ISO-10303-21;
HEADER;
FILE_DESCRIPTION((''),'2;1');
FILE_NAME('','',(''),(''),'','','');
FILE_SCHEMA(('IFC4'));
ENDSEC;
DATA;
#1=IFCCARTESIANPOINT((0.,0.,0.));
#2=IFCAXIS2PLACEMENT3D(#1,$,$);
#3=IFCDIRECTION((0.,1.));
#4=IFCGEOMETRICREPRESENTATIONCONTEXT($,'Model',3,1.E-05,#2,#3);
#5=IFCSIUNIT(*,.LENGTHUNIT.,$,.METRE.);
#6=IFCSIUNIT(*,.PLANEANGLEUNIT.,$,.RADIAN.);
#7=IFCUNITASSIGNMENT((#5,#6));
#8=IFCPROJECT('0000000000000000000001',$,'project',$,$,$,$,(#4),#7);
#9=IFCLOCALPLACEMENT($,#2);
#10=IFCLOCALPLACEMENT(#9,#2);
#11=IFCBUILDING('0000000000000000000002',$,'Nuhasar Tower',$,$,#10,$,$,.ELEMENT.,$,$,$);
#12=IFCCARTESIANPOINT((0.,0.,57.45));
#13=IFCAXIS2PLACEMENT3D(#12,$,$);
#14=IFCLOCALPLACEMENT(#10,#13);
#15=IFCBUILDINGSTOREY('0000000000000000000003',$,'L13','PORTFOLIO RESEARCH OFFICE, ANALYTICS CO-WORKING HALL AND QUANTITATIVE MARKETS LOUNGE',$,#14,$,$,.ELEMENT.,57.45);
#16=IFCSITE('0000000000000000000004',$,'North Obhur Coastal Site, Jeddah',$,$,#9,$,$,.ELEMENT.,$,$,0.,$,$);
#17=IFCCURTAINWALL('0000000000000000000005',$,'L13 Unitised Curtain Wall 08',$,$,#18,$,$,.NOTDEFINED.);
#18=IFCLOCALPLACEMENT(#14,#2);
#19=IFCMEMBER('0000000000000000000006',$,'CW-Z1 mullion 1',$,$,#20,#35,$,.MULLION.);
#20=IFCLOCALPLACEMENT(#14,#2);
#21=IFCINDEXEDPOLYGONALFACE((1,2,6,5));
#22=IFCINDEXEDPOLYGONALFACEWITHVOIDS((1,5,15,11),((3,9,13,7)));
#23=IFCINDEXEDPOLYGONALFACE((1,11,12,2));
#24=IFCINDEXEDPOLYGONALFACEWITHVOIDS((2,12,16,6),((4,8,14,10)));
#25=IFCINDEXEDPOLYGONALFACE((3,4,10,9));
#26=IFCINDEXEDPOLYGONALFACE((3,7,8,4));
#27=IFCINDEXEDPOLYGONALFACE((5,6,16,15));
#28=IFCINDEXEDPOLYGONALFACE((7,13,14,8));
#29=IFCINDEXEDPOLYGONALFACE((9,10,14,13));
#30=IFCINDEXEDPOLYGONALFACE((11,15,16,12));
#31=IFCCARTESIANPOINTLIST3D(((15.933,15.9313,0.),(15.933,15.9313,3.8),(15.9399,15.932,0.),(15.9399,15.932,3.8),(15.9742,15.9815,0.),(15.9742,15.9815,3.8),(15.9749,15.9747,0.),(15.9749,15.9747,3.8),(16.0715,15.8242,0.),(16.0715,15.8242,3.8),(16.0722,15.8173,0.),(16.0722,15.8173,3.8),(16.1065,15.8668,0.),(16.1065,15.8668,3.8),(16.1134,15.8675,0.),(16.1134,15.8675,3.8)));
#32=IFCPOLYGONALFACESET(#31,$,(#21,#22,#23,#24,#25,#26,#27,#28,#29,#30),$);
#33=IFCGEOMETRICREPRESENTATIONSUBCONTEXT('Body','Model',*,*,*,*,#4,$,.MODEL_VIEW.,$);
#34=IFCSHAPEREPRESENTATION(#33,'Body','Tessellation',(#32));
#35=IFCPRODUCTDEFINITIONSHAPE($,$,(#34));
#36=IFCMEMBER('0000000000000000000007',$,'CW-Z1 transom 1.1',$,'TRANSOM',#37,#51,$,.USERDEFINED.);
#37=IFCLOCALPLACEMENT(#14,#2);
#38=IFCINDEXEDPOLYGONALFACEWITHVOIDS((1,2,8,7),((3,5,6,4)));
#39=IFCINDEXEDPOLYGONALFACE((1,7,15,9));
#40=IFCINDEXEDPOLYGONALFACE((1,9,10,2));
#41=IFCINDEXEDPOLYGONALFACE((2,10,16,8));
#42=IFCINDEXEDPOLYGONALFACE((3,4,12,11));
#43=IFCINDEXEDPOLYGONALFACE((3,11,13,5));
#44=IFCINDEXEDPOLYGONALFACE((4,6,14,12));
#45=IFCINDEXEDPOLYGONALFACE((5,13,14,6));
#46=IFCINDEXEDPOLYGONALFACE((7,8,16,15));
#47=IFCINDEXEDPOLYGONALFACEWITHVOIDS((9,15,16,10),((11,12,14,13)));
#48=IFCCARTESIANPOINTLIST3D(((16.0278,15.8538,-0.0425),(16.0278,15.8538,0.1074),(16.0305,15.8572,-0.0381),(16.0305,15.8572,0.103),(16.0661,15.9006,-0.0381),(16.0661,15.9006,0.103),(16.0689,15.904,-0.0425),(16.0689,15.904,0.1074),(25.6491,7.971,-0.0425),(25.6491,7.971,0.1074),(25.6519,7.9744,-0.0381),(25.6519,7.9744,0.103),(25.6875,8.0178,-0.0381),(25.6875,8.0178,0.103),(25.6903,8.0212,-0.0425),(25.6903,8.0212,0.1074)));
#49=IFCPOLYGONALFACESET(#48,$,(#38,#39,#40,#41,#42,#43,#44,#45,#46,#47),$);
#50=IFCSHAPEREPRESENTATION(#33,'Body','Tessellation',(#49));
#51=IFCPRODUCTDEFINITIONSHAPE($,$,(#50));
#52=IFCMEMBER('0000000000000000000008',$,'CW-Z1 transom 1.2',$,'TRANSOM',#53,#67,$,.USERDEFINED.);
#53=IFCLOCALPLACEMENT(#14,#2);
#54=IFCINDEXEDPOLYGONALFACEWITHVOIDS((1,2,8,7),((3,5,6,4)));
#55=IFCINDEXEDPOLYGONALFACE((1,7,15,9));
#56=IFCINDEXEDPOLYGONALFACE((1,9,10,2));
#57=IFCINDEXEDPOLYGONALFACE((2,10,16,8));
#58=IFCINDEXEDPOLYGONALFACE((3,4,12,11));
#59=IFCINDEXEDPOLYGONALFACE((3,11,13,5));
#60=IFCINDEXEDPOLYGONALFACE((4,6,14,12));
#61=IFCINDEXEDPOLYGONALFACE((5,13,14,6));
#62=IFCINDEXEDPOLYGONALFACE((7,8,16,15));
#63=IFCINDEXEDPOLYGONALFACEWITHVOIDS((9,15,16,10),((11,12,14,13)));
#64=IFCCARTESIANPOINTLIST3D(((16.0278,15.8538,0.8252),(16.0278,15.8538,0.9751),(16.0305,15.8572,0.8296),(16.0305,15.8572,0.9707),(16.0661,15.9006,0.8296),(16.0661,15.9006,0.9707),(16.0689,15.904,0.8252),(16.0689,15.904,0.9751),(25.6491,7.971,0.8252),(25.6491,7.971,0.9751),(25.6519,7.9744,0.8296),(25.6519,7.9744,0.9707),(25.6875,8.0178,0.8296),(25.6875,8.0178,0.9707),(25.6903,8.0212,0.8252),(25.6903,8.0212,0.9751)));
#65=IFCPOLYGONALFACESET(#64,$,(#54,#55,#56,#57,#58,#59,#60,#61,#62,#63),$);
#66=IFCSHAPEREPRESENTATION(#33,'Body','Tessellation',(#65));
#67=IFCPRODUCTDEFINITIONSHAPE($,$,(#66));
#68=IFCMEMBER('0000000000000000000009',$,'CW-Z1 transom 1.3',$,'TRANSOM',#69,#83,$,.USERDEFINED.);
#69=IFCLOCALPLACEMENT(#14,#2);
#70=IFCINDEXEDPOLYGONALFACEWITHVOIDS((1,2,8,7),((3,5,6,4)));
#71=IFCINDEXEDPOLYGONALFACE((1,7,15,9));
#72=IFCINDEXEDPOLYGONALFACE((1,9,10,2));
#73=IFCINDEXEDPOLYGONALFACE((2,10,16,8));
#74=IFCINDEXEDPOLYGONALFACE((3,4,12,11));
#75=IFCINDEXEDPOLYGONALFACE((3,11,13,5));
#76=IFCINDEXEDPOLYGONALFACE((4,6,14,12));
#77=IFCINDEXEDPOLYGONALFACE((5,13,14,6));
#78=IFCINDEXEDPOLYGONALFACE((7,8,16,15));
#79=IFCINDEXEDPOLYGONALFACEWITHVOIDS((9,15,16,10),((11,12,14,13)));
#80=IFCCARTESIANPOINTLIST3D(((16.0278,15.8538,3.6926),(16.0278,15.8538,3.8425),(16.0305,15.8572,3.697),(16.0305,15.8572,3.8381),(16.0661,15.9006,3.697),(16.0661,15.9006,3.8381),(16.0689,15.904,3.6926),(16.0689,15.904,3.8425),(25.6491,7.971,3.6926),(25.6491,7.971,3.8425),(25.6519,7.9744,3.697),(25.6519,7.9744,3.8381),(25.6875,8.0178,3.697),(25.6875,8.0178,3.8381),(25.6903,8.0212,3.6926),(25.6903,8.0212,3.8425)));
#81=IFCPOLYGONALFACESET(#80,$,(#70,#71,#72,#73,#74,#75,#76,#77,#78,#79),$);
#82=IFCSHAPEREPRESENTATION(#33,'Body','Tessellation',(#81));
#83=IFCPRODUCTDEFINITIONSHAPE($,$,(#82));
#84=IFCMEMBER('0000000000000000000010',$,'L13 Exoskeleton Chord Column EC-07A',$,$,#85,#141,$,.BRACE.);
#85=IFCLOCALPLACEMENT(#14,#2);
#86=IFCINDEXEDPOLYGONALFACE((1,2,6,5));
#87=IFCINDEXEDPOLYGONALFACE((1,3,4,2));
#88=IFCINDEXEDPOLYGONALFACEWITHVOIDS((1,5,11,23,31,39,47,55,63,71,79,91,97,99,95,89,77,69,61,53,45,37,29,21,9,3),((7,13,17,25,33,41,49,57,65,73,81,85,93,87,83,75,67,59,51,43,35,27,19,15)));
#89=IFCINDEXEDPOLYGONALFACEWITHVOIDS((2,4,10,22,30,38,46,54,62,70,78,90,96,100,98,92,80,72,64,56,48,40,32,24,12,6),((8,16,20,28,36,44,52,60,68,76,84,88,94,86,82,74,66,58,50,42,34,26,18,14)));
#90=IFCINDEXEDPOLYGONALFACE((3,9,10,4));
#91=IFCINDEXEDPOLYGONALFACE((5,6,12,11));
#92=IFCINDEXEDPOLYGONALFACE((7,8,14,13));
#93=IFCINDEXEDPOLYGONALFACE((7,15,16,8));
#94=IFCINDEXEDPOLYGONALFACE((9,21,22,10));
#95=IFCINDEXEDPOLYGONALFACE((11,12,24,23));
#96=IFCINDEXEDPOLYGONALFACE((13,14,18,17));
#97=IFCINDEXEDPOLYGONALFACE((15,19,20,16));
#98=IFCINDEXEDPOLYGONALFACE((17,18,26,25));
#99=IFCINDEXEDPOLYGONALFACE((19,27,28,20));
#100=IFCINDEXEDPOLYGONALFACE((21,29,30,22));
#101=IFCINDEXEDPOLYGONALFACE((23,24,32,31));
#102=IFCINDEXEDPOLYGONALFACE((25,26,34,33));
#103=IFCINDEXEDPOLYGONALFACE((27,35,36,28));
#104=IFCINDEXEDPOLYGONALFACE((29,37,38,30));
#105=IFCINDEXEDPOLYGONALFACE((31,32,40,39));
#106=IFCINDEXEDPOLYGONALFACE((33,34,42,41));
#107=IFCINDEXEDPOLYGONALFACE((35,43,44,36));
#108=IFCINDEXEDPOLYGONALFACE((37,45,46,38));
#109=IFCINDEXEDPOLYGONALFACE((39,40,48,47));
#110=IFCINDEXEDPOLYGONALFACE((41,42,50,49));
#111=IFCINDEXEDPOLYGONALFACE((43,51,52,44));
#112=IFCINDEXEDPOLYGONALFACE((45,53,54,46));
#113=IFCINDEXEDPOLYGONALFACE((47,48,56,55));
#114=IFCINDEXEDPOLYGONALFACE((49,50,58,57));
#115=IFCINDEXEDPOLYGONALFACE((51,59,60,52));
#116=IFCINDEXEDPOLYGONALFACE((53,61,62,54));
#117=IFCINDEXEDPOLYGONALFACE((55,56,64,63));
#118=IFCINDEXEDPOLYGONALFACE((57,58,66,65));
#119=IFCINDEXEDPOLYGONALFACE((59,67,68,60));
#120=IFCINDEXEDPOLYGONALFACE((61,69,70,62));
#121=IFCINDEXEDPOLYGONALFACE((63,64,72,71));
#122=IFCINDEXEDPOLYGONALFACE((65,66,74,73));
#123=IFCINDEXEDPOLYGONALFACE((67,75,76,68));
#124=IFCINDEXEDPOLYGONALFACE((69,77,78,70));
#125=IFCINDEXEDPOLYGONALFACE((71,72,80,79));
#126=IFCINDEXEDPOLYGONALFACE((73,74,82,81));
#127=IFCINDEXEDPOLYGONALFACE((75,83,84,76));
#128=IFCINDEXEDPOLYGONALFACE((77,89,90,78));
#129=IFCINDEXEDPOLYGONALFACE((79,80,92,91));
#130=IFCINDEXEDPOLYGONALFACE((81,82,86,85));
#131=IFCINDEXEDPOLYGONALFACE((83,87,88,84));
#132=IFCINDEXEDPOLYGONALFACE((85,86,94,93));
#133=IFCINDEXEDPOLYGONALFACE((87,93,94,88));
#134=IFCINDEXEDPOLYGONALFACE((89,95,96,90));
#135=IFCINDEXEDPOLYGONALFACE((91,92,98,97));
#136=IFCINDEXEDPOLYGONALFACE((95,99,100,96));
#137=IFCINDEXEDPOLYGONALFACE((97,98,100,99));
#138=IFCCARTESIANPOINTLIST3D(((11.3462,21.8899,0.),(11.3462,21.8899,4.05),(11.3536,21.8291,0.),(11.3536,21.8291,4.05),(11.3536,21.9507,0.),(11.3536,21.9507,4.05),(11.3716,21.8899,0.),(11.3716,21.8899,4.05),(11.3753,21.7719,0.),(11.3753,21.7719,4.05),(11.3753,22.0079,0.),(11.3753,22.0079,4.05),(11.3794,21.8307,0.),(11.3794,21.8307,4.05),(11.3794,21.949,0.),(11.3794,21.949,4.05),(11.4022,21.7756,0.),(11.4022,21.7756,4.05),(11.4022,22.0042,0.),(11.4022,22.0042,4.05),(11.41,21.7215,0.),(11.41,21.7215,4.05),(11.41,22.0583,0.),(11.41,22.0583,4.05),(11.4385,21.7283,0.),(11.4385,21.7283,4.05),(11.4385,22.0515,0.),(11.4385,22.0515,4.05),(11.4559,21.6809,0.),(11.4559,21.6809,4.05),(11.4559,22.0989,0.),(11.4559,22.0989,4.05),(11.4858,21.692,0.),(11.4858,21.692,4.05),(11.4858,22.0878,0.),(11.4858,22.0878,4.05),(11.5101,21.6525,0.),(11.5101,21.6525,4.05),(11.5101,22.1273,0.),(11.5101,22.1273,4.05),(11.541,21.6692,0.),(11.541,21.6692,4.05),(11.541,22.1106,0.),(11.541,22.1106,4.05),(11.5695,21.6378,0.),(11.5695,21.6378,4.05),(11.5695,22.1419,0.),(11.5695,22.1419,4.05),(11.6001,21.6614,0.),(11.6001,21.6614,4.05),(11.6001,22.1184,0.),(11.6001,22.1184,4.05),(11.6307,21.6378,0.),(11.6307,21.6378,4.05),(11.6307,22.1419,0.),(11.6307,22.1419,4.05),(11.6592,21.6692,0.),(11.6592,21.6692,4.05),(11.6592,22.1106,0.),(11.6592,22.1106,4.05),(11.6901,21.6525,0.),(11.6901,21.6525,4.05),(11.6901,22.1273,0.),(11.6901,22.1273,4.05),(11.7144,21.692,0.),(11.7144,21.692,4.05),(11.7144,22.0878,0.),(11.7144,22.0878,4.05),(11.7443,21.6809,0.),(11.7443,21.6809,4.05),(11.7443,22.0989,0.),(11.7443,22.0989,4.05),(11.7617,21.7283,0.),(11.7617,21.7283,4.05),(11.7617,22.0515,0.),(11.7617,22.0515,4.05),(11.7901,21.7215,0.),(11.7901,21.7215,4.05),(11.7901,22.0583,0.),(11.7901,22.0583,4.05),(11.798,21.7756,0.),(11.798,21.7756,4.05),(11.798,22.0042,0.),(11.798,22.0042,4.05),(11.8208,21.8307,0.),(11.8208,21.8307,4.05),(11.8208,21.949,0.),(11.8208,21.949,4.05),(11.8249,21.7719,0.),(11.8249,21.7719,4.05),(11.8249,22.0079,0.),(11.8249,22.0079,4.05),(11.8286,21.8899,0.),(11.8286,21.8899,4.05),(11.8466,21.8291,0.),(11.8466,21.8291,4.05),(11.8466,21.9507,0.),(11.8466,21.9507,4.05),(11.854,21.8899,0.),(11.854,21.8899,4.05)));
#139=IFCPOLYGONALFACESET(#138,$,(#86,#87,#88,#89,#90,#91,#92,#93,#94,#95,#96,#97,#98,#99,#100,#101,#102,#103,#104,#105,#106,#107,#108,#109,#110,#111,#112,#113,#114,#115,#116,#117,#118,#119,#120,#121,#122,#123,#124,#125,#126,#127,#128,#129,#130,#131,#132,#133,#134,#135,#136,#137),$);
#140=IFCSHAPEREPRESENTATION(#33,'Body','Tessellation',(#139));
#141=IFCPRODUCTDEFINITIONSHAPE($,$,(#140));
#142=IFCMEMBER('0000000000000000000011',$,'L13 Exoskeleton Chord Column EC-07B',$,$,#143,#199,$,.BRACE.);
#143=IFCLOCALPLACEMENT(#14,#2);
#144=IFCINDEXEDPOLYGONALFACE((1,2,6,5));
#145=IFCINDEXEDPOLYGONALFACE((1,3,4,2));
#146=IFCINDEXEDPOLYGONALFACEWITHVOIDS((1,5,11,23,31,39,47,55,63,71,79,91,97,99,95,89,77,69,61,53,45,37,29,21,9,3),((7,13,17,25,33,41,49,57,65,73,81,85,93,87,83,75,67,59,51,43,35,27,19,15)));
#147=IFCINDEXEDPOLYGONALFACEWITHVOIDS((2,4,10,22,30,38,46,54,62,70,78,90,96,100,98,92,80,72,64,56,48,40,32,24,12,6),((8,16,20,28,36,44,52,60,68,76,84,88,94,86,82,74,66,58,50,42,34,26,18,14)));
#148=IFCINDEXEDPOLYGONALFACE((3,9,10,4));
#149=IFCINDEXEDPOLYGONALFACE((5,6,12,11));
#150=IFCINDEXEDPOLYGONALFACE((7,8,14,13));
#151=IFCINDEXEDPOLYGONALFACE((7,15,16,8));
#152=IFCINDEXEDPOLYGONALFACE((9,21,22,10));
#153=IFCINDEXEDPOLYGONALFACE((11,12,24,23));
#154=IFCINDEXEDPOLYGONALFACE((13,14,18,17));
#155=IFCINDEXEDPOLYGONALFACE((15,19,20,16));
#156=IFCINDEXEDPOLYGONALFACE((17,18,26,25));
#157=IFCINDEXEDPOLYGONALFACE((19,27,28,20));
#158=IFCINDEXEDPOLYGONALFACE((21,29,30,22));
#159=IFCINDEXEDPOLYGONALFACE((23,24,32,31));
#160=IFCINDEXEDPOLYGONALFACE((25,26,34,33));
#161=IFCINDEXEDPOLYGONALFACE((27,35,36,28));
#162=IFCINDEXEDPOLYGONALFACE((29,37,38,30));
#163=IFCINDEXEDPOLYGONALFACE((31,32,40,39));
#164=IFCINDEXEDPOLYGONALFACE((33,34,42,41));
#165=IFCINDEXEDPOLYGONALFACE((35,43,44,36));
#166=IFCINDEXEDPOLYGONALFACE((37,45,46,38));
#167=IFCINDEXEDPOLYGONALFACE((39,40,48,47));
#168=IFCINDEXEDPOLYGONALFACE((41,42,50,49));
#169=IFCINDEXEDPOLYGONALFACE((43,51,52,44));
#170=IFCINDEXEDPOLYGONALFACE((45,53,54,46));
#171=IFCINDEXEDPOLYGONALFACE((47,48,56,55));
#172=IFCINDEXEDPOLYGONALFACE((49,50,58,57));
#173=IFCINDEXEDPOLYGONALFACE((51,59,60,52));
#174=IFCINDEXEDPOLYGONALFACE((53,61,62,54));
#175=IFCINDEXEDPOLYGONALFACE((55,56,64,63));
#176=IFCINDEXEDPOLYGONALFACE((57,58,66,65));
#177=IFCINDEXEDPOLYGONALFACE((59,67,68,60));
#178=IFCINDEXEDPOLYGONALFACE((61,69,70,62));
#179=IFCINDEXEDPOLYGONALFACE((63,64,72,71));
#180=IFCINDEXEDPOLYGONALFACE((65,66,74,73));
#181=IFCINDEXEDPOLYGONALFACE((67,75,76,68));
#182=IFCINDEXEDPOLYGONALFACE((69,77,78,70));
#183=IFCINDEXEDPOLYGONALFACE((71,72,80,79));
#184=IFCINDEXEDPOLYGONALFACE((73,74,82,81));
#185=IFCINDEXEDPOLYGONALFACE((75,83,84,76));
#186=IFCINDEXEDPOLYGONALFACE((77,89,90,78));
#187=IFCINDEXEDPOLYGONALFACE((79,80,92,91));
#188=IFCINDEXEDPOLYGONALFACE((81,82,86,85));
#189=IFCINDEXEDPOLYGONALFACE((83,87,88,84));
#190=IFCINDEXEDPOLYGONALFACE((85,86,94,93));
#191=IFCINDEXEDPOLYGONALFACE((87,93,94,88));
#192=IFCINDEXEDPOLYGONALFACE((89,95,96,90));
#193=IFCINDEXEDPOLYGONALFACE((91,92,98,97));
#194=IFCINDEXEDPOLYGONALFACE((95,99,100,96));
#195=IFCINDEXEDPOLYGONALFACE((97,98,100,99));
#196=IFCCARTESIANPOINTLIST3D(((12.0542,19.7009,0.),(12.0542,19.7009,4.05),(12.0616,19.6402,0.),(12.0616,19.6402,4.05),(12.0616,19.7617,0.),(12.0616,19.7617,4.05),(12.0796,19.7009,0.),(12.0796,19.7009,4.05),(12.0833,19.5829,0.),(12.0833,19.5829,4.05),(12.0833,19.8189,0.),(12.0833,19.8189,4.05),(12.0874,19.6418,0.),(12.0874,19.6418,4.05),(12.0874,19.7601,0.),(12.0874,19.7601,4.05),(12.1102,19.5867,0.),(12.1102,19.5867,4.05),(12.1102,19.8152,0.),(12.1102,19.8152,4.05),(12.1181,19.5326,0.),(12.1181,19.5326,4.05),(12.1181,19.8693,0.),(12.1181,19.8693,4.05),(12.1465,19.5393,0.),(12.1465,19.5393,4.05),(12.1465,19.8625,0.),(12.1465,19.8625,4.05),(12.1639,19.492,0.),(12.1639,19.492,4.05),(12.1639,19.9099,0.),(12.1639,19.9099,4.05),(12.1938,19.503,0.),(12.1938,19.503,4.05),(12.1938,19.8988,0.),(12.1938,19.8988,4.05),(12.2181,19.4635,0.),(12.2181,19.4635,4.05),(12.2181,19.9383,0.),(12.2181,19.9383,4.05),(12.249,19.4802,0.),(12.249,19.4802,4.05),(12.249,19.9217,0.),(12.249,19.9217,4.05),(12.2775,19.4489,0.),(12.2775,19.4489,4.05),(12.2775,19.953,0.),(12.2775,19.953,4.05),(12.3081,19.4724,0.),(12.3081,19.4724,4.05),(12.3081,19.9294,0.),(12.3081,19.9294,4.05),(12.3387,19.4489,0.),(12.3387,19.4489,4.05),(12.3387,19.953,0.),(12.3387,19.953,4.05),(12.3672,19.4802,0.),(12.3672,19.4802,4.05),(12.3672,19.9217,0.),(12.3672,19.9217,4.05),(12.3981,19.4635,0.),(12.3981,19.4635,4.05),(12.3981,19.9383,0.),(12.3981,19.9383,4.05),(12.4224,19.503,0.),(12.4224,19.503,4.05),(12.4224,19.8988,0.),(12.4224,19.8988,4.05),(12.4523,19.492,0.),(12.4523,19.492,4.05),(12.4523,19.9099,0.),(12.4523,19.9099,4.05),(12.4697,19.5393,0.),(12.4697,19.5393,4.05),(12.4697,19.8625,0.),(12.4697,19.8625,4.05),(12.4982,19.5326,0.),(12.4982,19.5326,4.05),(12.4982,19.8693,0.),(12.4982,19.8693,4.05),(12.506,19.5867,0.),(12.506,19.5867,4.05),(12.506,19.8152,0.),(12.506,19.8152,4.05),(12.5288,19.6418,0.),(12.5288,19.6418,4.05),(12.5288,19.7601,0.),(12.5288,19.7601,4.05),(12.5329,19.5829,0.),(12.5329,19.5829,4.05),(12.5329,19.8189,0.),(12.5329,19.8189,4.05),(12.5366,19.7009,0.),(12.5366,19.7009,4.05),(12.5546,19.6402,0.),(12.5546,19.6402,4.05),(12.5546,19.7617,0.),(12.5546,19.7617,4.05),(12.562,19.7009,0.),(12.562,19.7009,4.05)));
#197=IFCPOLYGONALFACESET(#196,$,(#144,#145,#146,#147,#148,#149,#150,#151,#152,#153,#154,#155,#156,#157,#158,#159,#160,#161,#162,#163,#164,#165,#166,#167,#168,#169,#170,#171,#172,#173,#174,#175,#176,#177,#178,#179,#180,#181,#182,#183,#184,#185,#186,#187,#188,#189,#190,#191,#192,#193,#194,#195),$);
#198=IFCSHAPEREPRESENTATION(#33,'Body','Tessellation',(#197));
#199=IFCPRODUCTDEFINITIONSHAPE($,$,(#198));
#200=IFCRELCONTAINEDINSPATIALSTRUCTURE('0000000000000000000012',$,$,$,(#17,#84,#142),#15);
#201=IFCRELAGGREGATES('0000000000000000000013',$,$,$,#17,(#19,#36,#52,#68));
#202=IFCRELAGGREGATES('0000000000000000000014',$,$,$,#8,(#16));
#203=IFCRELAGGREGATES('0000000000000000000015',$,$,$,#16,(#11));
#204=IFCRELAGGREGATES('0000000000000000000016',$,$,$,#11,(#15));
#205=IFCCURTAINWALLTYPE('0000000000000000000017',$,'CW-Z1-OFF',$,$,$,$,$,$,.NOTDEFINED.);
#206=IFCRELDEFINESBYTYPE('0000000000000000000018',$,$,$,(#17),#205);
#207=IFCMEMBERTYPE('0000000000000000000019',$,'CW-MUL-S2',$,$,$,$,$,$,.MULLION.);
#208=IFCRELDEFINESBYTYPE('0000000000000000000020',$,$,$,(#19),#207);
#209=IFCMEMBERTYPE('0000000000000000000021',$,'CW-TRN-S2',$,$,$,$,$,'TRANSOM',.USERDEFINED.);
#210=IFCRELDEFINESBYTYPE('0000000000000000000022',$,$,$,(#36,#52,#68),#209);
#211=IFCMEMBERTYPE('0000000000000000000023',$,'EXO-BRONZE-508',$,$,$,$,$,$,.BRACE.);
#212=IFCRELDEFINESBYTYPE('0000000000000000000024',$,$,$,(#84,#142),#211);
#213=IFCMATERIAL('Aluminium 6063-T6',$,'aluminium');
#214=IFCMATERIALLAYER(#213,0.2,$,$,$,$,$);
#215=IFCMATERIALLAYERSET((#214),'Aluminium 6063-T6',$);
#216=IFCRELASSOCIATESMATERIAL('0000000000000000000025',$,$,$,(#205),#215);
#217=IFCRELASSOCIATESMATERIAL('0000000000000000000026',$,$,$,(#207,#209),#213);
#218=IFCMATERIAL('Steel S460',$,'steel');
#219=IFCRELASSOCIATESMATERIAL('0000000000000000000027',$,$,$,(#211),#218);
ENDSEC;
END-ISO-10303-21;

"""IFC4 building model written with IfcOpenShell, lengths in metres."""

from ifc_helpers import new_model, si_unit, direction, frame, origin, origin_2d, place, context, subcontext, project, spatial, hollow_rectangle, hollow_circle, extrude, material, layer, layer_set, material_profile, profile_set, type_object, element, aggregate, save


model = new_model("IFC4")

# Units and contexts
model_context = context("Model", 3, precision=1e-05, world=origin(), true_north=direction((0.0, 1.0)))
body_context = subcontext(model_context, "Body", "Model", "MODEL_VIEW")
ifc_project = project(units=[si_unit("LENGTHUNIT", "METRE"), si_unit("PLANEANGLEUNIT", "RADIAN")], contexts=[model_context])

# Site, building, storey
site_placement = place(None, origin())
site = spatial("IfcSite", under=ifc_project, at=site_placement, Name="North Obhur Coastal Site, Jeddah", CompositionType="ELEMENT", RefElevation=0.0)
building_placement = place(site_placement, origin())
building = spatial("IfcBuilding", under=site, at=building_placement, Name="Nuhasar Tower", CompositionType="ELEMENT")
storey_placement = place(building_placement, frame((0.0, 0.0, 57.45)))
storey = spatial("IfcBuildingStorey", under=building, at=storey_placement, Name="L13", Description="PORTFOLIO RESEARCH OFFICE, ANALYTICS CO-WORKING HALL AND QUANTITATIVE MARKETS LOUNGE", CompositionType="ELEMENT", Elevation=57.45)

# Shared definitions
ifc_material_1 = material(Name="Aluminium 6063-T6", Category="aluminium")
ifc_layer_1 = layer(ifc_material_1, 0.2)
ifc_layer_set_1 = layer_set([ifc_layer_1], Name="Aluminium 6063-T6")
curtain_wall_type = type_object("IfcCurtainWallType", Name="CW-Z1-OFF", PredefinedType="NOTDEFINED", material=ifc_layer_set_1)
ifc_material_profile_1 = material_profile(ifc_material_1, hollow_rectangle(XDim=0.0649, YDim=0.1799, WallThickness=0.0049, at=origin_2d()), Name="CWM-2")
ifc_profile_set_1 = profile_set([ifc_material_profile_1], Name="Aluminium 6063-T6")
member_type_1 = type_object("IfcMemberType", Name="CW-MUL-S2", PredefinedType="MULLION", material=ifc_profile_set_1)

# Curtain wall, members
curtain_wall_1_placement = place(storey_placement, origin())
curtain_wall_1 = element("IfcCurtainWall", 1, at=curtain_wall_1_placement, inside=storey, type_object=curtain_wall_type, Name="L13 Unitised Curtain Wall 08", PredefinedType="NOTDEFINED")
member_1_placement = place(storey_placement, frame((16.0232, 15.8994, 0.0), z_axis=(0.0, 0.0, 1.0), x_axis=(0.633745, 0.773542, 0.0)))
member_1 = element("IfcMember", 2, at=member_1_placement, type_object=member_type_1, Name="CW-Z1 mullion 1", PredefinedType="MULLION", context=body_context, shape_type="SweptSolid", body=[
    extrude(hollow_rectangle(XDim=0.0649, YDim=0.1799, WallThickness=0.0049, at=origin_2d()), origin(), (0.0, 0.0, 1.0), 3.8),
])
ifc_material_profile_2 = material_profile(ifc_material_1, hollow_rectangle(XDim=0.0649, YDim=0.1499, WallThickness=0.0044, at=origin_2d()), Name="CWT-2")
ifc_profile_set_2 = profile_set([ifc_material_profile_2], Name="Aluminium 6063-T6")
member_type_2 = type_object("IfcMemberType", Name="CW-TRN-S2", ElementType="TRANSOM", PredefinedType="USERDEFINED", material=ifc_profile_set_2)
member_2_placement = place(storey_placement, frame((16.0483, 15.8789, 0.0325), z_axis=(0.773531, -0.633758, 0.0), x_axis=(0.633758, 0.773531, 0.0)))
member_2 = element("IfcMember", 3, at=member_2_placement, type_object=member_type_2, Name="CW-Z1 transom 1.1", ObjectType="TRANSOM", PredefinedType="USERDEFINED", context=body_context, shape_type="SweptSolid", body=[
    extrude(hollow_rectangle(XDim=0.0649, YDim=0.1499, WallThickness=0.0044, at=origin_2d()), origin(), (0.0, 0.0, 1.0), 12.4382),
])
member_3_placement = place(storey_placement, frame((16.0483, 15.8789, 0.9001), z_axis=(0.773531, -0.633758, 0.0), x_axis=(0.633758, 0.773531, 0.0)))
member_3 = element("IfcMember", 4, at=member_3_placement, type_object=member_type_2, Name="CW-Z1 transom 1.2", ObjectType="TRANSOM", PredefinedType="USERDEFINED", context=body_context, shape_type="SweptSolid", body=[
    extrude(hollow_rectangle(XDim=0.0649, YDim=0.1499, WallThickness=0.0044, at=origin_2d()), origin(), (0.0, 0.0, 1.0), 12.4382),
])
member_4_placement = place(storey_placement, frame((16.0483, 15.8789, 3.7676), z_axis=(0.773531, -0.633758, 0.0), x_axis=(0.633758, 0.773531, 0.0)))
member_4 = element("IfcMember", 5, at=member_4_placement, type_object=member_type_2, Name="CW-Z1 transom 1.3", ObjectType="TRANSOM", PredefinedType="USERDEFINED", context=body_context, shape_type="SweptSolid", body=[
    extrude(hollow_rectangle(XDim=0.0649, YDim=0.1499, WallThickness=0.0044, at=origin_2d()), origin(), (0.0, 0.0, 1.0), 12.4382),
])
aggregate(curtain_wall_1, [member_1, member_2, member_3, member_4])

# Members
ifc_material_2 = material(Name="Steel S460", Category="steel")
ifc_material_profile_3 = material_profile(ifc_material_2, hollow_circle(Radius=0.2539, WallThickness=0.0254, at=origin_2d()), Name="HSS508X25.4")
ifc_profile_set_3 = profile_set([ifc_material_profile_3], Name="Steel S460")
member_type_3 = type_object("IfcMemberType", Name="EXO-BRONZE-508", PredefinedType="BRACE", material=ifc_profile_set_3)
for number, where, z_axis, x_axis, name in (
    (6, (11.6001, 21.8899, 0.0), (0.0, 0.0, 1.0), (1.0, 0.0, 0.0), "L13 Exoskeleton Chord Column EC-07A"),
    (7, (12.3081, 19.7009, 0.0), (0.0, 0.0, 1.0), (1.0, 0.0, 0.0), "L13 Exoskeleton Chord Column EC-07B"),
):
    element("IfcMember", number, at=place(storey_placement, frame(where, z_axis=z_axis, x_axis=x_axis)), inside=storey, type_object=member_type_3, Name=name, PredefinedType="BRACE", context=body_context, shape_type="SweptSolid", body=[
        extrude(hollow_circle(Radius=0.2539, WallThickness=0.0254, at=origin_2d()), origin(), (0.0, 0.0, 1.0), 4.05),
    ])

save(model, "model.ifc")
